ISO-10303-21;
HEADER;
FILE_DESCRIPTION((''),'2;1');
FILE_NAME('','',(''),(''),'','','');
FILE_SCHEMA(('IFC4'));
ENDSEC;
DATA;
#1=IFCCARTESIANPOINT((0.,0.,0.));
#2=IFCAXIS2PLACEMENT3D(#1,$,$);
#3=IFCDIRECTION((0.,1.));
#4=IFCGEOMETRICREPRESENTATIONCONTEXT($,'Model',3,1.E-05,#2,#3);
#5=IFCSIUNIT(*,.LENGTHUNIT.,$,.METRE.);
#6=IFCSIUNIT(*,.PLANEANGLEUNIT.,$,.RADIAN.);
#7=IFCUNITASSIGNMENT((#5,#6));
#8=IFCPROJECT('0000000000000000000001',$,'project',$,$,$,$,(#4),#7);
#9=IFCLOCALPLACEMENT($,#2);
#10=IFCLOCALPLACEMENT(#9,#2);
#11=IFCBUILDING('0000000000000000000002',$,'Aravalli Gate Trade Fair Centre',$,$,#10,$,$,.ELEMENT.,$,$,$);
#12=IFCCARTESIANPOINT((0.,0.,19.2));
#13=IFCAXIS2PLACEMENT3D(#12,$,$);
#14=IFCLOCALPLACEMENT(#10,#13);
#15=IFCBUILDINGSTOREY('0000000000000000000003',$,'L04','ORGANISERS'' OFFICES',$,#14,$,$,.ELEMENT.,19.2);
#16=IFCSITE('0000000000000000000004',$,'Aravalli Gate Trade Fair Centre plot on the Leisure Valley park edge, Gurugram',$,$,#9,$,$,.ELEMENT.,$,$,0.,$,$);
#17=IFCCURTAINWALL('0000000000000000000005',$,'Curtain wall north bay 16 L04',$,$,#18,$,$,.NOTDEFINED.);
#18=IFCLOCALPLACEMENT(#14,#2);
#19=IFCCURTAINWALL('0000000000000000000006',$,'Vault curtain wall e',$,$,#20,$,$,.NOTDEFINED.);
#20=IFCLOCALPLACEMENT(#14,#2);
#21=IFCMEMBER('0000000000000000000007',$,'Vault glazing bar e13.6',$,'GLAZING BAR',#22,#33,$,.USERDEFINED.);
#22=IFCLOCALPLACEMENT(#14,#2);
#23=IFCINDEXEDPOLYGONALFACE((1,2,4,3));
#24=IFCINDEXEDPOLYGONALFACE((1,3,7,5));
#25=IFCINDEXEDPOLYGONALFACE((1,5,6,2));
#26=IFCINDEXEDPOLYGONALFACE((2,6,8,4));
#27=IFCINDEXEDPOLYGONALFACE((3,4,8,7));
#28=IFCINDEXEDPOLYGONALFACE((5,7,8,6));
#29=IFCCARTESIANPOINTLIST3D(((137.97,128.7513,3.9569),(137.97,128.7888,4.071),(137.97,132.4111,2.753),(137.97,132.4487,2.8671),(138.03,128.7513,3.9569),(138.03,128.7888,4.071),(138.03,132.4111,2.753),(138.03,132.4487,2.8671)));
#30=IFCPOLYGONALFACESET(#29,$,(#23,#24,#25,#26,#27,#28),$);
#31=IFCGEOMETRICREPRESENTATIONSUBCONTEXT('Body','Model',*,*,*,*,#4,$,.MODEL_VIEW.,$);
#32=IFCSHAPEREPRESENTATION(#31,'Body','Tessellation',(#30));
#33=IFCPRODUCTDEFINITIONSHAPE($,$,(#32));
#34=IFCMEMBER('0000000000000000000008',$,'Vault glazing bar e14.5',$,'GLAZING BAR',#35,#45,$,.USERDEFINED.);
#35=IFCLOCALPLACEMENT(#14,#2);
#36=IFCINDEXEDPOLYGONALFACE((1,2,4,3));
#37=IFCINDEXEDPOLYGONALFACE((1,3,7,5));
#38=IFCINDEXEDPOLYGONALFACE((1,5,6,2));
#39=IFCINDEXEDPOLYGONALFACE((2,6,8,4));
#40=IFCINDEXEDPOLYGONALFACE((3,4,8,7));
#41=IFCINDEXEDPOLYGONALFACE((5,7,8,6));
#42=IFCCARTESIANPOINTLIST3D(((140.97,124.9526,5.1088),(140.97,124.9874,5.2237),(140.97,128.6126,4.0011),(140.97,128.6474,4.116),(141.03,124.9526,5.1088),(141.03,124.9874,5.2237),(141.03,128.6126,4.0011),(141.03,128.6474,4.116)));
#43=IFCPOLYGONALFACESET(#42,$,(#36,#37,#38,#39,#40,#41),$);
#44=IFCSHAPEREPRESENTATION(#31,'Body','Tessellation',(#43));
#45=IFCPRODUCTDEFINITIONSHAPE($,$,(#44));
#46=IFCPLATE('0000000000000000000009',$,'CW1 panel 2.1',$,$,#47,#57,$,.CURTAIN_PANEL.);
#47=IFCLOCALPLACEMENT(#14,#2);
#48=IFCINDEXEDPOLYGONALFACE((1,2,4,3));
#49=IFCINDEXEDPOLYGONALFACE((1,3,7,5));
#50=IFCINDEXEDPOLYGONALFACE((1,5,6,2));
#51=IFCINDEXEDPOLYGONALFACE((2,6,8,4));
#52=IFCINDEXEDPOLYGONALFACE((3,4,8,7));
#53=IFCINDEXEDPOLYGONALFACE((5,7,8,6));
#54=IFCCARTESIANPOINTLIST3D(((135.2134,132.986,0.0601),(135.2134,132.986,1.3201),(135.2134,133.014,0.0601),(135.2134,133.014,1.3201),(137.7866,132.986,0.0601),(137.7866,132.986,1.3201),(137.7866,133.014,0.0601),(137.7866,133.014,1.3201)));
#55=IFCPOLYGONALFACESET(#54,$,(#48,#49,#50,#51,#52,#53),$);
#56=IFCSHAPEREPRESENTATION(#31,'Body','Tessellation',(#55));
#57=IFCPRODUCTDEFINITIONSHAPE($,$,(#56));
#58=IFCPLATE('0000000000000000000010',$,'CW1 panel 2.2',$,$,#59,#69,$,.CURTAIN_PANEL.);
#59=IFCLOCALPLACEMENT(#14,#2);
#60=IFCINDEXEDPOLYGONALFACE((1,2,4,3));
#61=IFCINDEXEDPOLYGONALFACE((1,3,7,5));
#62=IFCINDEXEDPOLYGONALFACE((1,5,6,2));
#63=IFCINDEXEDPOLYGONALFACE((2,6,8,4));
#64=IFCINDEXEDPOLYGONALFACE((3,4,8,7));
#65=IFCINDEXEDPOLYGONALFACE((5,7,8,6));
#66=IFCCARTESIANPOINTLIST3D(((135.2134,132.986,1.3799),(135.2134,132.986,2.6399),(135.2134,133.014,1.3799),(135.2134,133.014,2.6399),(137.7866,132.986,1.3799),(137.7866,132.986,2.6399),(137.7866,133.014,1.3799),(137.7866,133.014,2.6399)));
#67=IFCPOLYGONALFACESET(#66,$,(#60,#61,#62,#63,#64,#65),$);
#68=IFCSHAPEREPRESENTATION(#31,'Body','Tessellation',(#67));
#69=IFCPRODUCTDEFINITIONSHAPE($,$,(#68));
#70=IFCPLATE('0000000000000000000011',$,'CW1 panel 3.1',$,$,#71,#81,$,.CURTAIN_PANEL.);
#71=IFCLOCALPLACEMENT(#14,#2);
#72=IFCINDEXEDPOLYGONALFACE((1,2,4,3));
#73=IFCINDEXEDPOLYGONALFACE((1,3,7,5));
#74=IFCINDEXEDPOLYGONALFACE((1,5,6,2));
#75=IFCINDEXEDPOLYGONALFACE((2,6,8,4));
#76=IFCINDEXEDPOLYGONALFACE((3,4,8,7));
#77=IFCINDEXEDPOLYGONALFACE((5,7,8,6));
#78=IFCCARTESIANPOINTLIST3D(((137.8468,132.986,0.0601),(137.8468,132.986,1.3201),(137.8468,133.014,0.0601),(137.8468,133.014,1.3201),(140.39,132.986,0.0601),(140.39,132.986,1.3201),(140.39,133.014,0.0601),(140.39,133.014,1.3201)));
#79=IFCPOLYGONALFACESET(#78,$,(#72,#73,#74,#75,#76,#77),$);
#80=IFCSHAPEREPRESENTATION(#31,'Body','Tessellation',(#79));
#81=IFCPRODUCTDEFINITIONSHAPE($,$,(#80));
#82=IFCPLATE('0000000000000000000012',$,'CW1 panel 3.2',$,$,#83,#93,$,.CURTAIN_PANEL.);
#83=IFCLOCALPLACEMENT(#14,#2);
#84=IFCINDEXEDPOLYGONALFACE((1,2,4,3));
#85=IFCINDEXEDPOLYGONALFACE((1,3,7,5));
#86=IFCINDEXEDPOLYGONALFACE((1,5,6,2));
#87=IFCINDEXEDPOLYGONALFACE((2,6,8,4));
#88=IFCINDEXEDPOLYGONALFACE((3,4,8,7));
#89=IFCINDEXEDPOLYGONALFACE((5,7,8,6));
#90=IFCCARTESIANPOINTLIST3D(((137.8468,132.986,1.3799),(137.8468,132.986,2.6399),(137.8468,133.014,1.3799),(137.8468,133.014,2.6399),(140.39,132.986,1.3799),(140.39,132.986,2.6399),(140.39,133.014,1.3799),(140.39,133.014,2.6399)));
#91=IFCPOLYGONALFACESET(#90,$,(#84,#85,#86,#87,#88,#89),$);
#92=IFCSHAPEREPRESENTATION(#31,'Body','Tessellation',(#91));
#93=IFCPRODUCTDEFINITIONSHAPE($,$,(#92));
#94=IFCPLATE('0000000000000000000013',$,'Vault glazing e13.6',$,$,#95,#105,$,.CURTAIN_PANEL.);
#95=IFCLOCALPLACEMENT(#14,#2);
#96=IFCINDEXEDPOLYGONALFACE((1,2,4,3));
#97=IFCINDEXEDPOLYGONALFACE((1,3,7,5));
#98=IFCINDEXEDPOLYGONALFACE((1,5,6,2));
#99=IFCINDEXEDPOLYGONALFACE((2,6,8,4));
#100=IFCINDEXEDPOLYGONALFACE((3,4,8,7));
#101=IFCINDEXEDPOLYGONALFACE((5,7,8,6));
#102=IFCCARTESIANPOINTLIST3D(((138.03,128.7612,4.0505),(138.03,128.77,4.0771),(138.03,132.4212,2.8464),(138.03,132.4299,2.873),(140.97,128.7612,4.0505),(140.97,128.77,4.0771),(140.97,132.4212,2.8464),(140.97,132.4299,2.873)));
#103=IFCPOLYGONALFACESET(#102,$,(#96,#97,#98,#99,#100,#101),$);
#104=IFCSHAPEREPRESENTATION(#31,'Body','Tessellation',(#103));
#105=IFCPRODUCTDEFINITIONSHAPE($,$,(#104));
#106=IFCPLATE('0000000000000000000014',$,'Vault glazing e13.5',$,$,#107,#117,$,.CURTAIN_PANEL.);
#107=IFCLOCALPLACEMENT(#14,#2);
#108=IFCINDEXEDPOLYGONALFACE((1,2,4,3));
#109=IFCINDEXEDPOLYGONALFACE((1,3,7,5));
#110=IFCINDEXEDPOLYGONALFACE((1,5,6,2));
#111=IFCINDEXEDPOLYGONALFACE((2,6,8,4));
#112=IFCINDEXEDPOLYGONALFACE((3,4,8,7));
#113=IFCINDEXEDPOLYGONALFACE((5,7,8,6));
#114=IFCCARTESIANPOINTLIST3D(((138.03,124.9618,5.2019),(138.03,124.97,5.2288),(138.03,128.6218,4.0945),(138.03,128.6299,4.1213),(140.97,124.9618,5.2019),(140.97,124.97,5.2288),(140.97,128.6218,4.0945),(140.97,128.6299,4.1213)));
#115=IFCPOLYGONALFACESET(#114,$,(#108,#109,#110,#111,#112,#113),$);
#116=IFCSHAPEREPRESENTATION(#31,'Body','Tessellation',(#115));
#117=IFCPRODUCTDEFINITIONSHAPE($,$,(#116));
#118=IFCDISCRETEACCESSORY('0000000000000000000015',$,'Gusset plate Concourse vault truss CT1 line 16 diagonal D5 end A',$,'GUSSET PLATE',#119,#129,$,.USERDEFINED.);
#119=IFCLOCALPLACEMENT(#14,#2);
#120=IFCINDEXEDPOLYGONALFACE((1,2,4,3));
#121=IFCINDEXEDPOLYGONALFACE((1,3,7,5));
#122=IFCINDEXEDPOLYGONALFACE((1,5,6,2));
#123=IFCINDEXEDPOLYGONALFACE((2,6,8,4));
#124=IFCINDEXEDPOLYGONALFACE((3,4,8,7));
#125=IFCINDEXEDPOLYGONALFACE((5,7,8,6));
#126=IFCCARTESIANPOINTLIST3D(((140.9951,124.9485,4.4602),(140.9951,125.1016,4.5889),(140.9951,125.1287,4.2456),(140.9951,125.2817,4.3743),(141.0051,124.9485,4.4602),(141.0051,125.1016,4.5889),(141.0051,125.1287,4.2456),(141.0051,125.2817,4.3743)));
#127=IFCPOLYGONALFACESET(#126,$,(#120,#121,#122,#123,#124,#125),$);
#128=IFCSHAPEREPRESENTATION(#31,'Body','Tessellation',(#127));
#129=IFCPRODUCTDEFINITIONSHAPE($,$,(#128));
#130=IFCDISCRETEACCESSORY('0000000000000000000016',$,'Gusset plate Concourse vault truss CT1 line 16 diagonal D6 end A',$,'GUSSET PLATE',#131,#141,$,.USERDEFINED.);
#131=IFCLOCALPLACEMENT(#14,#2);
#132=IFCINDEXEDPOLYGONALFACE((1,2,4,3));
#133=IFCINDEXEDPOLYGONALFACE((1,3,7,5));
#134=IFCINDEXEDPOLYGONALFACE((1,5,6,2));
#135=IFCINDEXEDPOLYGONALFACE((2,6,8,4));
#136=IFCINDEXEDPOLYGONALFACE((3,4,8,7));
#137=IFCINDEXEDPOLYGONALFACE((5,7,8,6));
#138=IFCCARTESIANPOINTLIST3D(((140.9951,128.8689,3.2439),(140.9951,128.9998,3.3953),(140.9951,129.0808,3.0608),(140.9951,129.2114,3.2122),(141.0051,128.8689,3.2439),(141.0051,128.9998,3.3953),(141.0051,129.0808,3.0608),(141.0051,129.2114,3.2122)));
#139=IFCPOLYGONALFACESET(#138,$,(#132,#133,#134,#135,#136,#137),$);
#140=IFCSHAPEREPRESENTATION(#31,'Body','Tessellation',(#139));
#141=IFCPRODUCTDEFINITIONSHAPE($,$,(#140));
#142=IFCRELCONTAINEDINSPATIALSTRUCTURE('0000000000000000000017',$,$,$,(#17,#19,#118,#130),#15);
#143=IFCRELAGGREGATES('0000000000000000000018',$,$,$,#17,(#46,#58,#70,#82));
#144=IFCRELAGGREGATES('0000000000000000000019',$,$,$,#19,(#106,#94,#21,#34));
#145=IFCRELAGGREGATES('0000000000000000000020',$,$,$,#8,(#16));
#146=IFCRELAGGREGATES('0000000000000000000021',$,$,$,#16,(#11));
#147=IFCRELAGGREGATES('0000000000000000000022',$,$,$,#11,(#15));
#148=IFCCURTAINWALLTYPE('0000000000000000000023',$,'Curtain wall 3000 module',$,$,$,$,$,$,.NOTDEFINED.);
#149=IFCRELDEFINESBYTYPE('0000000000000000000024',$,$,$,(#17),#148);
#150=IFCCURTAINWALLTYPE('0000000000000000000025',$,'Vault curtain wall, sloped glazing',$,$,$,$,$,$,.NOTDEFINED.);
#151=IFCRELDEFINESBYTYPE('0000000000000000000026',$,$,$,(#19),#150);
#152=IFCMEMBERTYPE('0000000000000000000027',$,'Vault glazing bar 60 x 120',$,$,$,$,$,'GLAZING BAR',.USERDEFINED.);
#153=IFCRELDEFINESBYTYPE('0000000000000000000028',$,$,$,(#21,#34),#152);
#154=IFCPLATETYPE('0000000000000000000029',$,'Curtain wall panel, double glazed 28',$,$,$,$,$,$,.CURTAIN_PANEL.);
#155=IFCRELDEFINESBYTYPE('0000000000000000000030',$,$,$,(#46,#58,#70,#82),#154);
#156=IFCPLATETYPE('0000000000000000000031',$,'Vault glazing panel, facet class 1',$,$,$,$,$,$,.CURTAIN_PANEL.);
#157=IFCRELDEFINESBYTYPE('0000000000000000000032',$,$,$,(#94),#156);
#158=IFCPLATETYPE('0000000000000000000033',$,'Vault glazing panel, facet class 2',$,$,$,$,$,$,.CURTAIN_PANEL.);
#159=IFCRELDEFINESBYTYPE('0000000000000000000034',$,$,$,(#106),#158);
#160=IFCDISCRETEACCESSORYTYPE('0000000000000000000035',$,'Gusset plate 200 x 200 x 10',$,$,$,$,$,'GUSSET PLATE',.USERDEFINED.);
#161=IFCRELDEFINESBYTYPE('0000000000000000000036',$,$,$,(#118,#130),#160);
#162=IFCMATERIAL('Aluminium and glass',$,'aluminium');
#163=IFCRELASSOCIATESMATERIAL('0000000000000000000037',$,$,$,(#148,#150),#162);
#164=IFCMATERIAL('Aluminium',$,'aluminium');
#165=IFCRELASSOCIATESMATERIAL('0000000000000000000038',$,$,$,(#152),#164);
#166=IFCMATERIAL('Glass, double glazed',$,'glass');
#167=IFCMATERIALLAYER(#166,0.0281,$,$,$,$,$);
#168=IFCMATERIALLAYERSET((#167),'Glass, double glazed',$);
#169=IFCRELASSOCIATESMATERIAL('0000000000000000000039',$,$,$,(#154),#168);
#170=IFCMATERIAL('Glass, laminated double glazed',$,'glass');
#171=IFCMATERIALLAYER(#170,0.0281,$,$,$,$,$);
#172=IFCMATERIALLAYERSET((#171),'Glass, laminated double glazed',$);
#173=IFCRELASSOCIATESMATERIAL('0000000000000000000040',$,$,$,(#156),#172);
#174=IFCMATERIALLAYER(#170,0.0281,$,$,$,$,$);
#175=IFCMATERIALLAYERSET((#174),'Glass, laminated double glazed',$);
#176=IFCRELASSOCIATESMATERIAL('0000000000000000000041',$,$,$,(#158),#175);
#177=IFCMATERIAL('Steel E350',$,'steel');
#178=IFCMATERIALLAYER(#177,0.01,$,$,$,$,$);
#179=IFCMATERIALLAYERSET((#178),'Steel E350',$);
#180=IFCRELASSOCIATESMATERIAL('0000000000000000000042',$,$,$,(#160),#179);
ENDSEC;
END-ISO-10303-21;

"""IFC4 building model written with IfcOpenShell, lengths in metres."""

from ifc_helpers import new_model, si_unit, direction, frame, origin, origin_2d, place, context, subcontext, project, spatial, polyline, rectangle, outline, extrude, material, layer, layer_set, material_profile, profile_set, type_object, element, aggregate, save


model = new_model("IFC4")

# Units and contexts
model_context = context("Model", 3, precision=1e-05, world=origin(), true_north=direction((0.0, 1.0)))
body_context = subcontext(model_context, "Body", "Model", "MODEL_VIEW")
ifc_project = project(units=[si_unit("LENGTHUNIT", "METRE"), si_unit("PLANEANGLEUNIT", "RADIAN")], contexts=[model_context])

# Site, building, storey
site_placement = place(None, origin())
site = spatial("IfcSite", under=ifc_project, at=site_placement, Name="Aravalli Gate Trade Fair Centre plot on the Leisure Valley park edge, Gurugram", CompositionType="ELEMENT", RefElevation=0.0)
building_placement = place(site_placement, origin())
building = spatial("IfcBuilding", under=site, at=building_placement, Name="Aravalli Gate Trade Fair Centre", CompositionType="ELEMENT")
storey_placement = place(building_placement, frame((0.0, 0.0, 19.2)))
storey = spatial("IfcBuildingStorey", under=building, at=storey_placement, Name="L04", Description="ORGANISERS' OFFICES", CompositionType="ELEMENT", Elevation=19.2)

# Curtain wall
ifc_material_1 = material(Name="Aluminium and glass", Category="aluminium")
curtain_wall_type_1 = type_object("IfcCurtainWallType", Name="Curtain wall 3000 module", PredefinedType="NOTDEFINED", material=ifc_material_1)
curtain_wall_1_placement = place(storey_placement, origin())
curtain_wall_1 = element("IfcCurtainWall", 1, at=curtain_wall_1_placement, inside=storey, type_object=curtain_wall_type_1, Name="Curtain wall north bay 16 L04", PredefinedType="NOTDEFINED")
ifc_material_2 = material(Name="Aluminium", Category="aluminium")

# Shared definitions
ifc_material_3 = material(Name="Steel E350", Category="steel")

# Curtain wall, members
curtain_wall_type_2 = type_object("IfcCurtainWallType", Name="Vault curtain wall, sloped glazing", PredefinedType="NOTDEFINED", material=ifc_material_1)
curtain_wall_2_placement = place(storey_placement, origin())
curtain_wall_2 = element("IfcCurtainWall", 2, at=curtain_wall_2_placement, inside=storey, type_object=curtain_wall_type_2, Name="Vault curtain wall e", PredefinedType="NOTDEFINED")
ifc_material_profile_1 = material_profile(ifc_material_2, rectangle(XDim=0.0601, YDim=0.1201, at=origin_2d()), Name="Vault glazing bar 60 x 120")
ifc_profile_set_1 = profile_set([ifc_material_profile_1], Name="Aluminium")
member_type_1 = type_object("IfcMemberType", Name="Vault glazing bar 60 x 120", ElementType="GLAZING BAR", PredefinedType="USERDEFINED", material=ifc_profile_set_1)
member_1_placement = place(storey_placement, frame((138.0, 128.77, 4.0139), z_axis=(0.0, 0.94993, -0.312461), x_axis=(-1.0, 0.0, 0.0)))
member_1 = element("IfcMember", 3, at=member_1_placement, type_object=member_type_1, Name="Vault glazing bar e13.6", ObjectType="GLAZING BAR", PredefinedType="USERDEFINED", context=body_context, shape_type="SweptSolid", body=[
    extrude(rectangle(XDim=0.0601, YDim=0.1201, at=origin_2d()), origin(), (0.0, 0.0, 1.0), 3.8528),
])
member_2_placement = place(storey_placement, frame((141.0, 124.97, 5.1663), z_axis=(0.0, 0.957126, -0.289672), x_axis=(-1.0, 0.0, 0.0)))
member_2 = element("IfcMember", 4, at=member_2_placement, type_object=member_type_1, Name="Vault glazing bar e14.5", ObjectType="GLAZING BAR", PredefinedType="USERDEFINED", context=body_context, shape_type="SweptSolid", body=[
    extrude(rectangle(XDim=0.0601, YDim=0.1201, at=origin_2d()), origin(), (0.0, 0.0, 1.0), 3.824),
])

# Plates
ifc_material_4 = material(Name="Glass, double glazed", Category="glass")
ifc_layer_1 = layer(ifc_material_4, 0.0281)
ifc_layer_set_1 = layer_set([ifc_layer_1], Name="Glass, double glazed")
plate_type_1 = type_object("IfcPlateType", Name="Curtain wall panel, double glazed 28", PredefinedType="CURTAIN_PANEL", material=ifc_layer_set_1)
plate_1_placement = place(storey_placement, frame((136.5, 133.0, 0.0601), z_axis=(0.0, 0.0, 1.0), x_axis=(1.0, 0.0, 0.0)))
plate_1 = element("IfcPlate", 5, at=plate_1_placement, type_object=plate_type_1, Name="CW1 panel 2.1", PredefinedType="CURTAIN_PANEL", context=body_context, shape_type="SweptSolid", body=[
    extrude(rectangle(XDim=2.5732, YDim=0.0281, at=origin_2d()), origin(), (0.0, 0.0, 1.0), 1.26),
])
plate_2_placement = place(storey_placement, frame((136.5, 133.0, 1.3799), z_axis=(0.0, 0.0, 1.0), x_axis=(1.0, 0.0, 0.0)))
plate_2 = element("IfcPlate", 6, at=plate_2_placement, type_object=plate_type_1, Name="CW1 panel 2.2", PredefinedType="CURTAIN_PANEL", context=body_context, shape_type="SweptSolid", body=[
    extrude(rectangle(XDim=2.5732, YDim=0.0281, at=origin_2d()), origin(), (0.0, 0.0, 1.0), 1.26),
])
plate_3_placement = place(storey_placement, frame((139.1184, 133.0, 0.0601), z_axis=(0.0, 0.0, 1.0), x_axis=(1.0, 0.0, 0.0)))
plate_3 = element("IfcPlate", 7, at=plate_3_placement, type_object=plate_type_1, Name="CW1 panel 3.1", PredefinedType="CURTAIN_PANEL", context=body_context, shape_type="SweptSolid", body=[
    extrude(rectangle(XDim=2.5432, YDim=0.0281, at=origin_2d()), origin(), (0.0, 0.0, 1.0), 1.26),
])
plate_4_placement = place(storey_placement, frame((139.1184, 133.0, 1.3799), z_axis=(0.0, 0.0, 1.0), x_axis=(1.0, 0.0, 0.0)))
plate_4 = element("IfcPlate", 8, at=plate_4_placement, type_object=plate_type_1, Name="CW1 panel 3.2", PredefinedType="CURTAIN_PANEL", context=body_context, shape_type="SweptSolid", body=[
    extrude(rectangle(XDim=2.5432, YDim=0.0281, at=origin_2d()), origin(), (0.0, 0.0, 1.0), 1.26),
])
aggregate(curtain_wall_1, [plate_1, plate_2, plate_3, plate_4])
ifc_material_5 = material(Name="Glass, laminated double glazed", Category="glass")
ifc_layer_2 = layer(ifc_material_5, 0.0281)
ifc_layer_set_2 = layer_set([ifc_layer_2], Name="Glass, laminated double glazed")
plate_type_2 = type_object("IfcPlateType", Name="Vault glazing panel, facet class 1", PredefinedType="CURTAIN_PANEL", material=ifc_layer_set_2)
plate_5_placement = place(storey_placement, frame((138.03, 128.77, 4.0771), z_axis=(0.0, 0.312518, 0.949912), x_axis=(1.0, 0.0, 0.0)))
plate_5 = element("IfcPlate", 9, at=plate_5_placement, type_object=plate_type_2, Name="Vault glazing e13.6", PredefinedType="CURTAIN_PANEL", context=body_context, shape_type="SweptSolid", body=[
    extrude(outline(polyline([(0.0, 0.0), (2.9399, 0.0), (2.9399, 3.8529), (0.0, 3.8529), (0.0, 0.0)])), origin(), (0.0, 0.0, -1.0), 0.0281),
])
ifc_layer_3 = layer(ifc_material_5, 0.0281)
ifc_layer_set_3 = layer_set([ifc_layer_3], Name="Glass, laminated double glazed")
plate_type_3 = type_object("IfcPlateType", Name="Vault glazing panel, facet class 2", PredefinedType="CURTAIN_PANEL", material=ifc_layer_set_3)
plate_6_placement = place(storey_placement, frame((138.03, 124.97, 5.2288), z_axis=(0.0, 0.289614, 0.957144), x_axis=(1.0, 0.0, 0.0)))
plate_6 = element("IfcPlate", 10, at=plate_6_placement, type_object=plate_type_3, Name="Vault glazing e13.5", PredefinedType="CURTAIN_PANEL", context=body_context, shape_type="SweptSolid", body=[
    extrude(outline(polyline([(0.0, 0.0), (2.9399, 0.0), (2.9399, 3.8238), (0.0, 3.8238), (0.0, 0.0)])), origin(), (0.0, 0.0, -1.0), 0.0281),
])
aggregate(curtain_wall_2, [plate_6, plate_5, member_1, member_2])

# Discrete accessories
ifc_layer_4 = layer(ifc_material_3, 0.01)
ifc_layer_set_4 = layer_set([ifc_layer_4], Name="Steel E350")
discrete_accessory_type = type_object("IfcDiscreteAccessoryType", Name="Gusset plate 200 x 200 x 10", ElementType="GUSSET PLATE", PredefinedType="USERDEFINED", material=ifc_layer_set_4)
discrete_accessory_1_placement = place(storey_placement, frame((140.9951, 125.1287, 4.2456), z_axis=(-1.0, 0.0, 0.0), x_axis=(0.0, -0.643008, 0.765859)))
element("IfcDiscreteAccessory", 11, at=discrete_accessory_1_placement, inside=storey, type_object=discrete_accessory_type, Name="Gusset plate Concourse vault truss CT1 line 16 diagonal D5 end A", ObjectType="GUSSET PLATE", PredefinedType="USERDEFINED", context=body_context, shape_type="SweptSolid", body=[
    extrude(outline(polyline([(0.0, 0.0), (0.2802, 0.0), (0.2803, 0.2), (0.0001, 0.2), (0.0, 0.0)])), origin(), (0.0, 0.0, -1.0), 0.01),
])
discrete_accessory_2_placement = place(storey_placement, frame((140.9951, 129.0808, 3.0608), z_axis=(-1.0, 0.0, 0.0), x_axis=(0.0, -0.756666, 0.653801)))
element("IfcDiscreteAccessory", 12, at=discrete_accessory_2_placement, inside=storey, type_object=discrete_accessory_type, Name="Gusset plate Concourse vault truss CT1 line 16 diagonal D6 end A", ObjectType="GUSSET PLATE", PredefinedType="USERDEFINED", context=body_context, shape_type="SweptSolid", body=[
    extrude(outline(polyline([(0.0, 0.0), (0.2801, 0.0), (0.28, 0.2001), (0.0001, 0.1999), (0.0, 0.0)])), origin(), (0.0, 0.0, -1.0), 0.01),
])

save(model, "model.ifc")
